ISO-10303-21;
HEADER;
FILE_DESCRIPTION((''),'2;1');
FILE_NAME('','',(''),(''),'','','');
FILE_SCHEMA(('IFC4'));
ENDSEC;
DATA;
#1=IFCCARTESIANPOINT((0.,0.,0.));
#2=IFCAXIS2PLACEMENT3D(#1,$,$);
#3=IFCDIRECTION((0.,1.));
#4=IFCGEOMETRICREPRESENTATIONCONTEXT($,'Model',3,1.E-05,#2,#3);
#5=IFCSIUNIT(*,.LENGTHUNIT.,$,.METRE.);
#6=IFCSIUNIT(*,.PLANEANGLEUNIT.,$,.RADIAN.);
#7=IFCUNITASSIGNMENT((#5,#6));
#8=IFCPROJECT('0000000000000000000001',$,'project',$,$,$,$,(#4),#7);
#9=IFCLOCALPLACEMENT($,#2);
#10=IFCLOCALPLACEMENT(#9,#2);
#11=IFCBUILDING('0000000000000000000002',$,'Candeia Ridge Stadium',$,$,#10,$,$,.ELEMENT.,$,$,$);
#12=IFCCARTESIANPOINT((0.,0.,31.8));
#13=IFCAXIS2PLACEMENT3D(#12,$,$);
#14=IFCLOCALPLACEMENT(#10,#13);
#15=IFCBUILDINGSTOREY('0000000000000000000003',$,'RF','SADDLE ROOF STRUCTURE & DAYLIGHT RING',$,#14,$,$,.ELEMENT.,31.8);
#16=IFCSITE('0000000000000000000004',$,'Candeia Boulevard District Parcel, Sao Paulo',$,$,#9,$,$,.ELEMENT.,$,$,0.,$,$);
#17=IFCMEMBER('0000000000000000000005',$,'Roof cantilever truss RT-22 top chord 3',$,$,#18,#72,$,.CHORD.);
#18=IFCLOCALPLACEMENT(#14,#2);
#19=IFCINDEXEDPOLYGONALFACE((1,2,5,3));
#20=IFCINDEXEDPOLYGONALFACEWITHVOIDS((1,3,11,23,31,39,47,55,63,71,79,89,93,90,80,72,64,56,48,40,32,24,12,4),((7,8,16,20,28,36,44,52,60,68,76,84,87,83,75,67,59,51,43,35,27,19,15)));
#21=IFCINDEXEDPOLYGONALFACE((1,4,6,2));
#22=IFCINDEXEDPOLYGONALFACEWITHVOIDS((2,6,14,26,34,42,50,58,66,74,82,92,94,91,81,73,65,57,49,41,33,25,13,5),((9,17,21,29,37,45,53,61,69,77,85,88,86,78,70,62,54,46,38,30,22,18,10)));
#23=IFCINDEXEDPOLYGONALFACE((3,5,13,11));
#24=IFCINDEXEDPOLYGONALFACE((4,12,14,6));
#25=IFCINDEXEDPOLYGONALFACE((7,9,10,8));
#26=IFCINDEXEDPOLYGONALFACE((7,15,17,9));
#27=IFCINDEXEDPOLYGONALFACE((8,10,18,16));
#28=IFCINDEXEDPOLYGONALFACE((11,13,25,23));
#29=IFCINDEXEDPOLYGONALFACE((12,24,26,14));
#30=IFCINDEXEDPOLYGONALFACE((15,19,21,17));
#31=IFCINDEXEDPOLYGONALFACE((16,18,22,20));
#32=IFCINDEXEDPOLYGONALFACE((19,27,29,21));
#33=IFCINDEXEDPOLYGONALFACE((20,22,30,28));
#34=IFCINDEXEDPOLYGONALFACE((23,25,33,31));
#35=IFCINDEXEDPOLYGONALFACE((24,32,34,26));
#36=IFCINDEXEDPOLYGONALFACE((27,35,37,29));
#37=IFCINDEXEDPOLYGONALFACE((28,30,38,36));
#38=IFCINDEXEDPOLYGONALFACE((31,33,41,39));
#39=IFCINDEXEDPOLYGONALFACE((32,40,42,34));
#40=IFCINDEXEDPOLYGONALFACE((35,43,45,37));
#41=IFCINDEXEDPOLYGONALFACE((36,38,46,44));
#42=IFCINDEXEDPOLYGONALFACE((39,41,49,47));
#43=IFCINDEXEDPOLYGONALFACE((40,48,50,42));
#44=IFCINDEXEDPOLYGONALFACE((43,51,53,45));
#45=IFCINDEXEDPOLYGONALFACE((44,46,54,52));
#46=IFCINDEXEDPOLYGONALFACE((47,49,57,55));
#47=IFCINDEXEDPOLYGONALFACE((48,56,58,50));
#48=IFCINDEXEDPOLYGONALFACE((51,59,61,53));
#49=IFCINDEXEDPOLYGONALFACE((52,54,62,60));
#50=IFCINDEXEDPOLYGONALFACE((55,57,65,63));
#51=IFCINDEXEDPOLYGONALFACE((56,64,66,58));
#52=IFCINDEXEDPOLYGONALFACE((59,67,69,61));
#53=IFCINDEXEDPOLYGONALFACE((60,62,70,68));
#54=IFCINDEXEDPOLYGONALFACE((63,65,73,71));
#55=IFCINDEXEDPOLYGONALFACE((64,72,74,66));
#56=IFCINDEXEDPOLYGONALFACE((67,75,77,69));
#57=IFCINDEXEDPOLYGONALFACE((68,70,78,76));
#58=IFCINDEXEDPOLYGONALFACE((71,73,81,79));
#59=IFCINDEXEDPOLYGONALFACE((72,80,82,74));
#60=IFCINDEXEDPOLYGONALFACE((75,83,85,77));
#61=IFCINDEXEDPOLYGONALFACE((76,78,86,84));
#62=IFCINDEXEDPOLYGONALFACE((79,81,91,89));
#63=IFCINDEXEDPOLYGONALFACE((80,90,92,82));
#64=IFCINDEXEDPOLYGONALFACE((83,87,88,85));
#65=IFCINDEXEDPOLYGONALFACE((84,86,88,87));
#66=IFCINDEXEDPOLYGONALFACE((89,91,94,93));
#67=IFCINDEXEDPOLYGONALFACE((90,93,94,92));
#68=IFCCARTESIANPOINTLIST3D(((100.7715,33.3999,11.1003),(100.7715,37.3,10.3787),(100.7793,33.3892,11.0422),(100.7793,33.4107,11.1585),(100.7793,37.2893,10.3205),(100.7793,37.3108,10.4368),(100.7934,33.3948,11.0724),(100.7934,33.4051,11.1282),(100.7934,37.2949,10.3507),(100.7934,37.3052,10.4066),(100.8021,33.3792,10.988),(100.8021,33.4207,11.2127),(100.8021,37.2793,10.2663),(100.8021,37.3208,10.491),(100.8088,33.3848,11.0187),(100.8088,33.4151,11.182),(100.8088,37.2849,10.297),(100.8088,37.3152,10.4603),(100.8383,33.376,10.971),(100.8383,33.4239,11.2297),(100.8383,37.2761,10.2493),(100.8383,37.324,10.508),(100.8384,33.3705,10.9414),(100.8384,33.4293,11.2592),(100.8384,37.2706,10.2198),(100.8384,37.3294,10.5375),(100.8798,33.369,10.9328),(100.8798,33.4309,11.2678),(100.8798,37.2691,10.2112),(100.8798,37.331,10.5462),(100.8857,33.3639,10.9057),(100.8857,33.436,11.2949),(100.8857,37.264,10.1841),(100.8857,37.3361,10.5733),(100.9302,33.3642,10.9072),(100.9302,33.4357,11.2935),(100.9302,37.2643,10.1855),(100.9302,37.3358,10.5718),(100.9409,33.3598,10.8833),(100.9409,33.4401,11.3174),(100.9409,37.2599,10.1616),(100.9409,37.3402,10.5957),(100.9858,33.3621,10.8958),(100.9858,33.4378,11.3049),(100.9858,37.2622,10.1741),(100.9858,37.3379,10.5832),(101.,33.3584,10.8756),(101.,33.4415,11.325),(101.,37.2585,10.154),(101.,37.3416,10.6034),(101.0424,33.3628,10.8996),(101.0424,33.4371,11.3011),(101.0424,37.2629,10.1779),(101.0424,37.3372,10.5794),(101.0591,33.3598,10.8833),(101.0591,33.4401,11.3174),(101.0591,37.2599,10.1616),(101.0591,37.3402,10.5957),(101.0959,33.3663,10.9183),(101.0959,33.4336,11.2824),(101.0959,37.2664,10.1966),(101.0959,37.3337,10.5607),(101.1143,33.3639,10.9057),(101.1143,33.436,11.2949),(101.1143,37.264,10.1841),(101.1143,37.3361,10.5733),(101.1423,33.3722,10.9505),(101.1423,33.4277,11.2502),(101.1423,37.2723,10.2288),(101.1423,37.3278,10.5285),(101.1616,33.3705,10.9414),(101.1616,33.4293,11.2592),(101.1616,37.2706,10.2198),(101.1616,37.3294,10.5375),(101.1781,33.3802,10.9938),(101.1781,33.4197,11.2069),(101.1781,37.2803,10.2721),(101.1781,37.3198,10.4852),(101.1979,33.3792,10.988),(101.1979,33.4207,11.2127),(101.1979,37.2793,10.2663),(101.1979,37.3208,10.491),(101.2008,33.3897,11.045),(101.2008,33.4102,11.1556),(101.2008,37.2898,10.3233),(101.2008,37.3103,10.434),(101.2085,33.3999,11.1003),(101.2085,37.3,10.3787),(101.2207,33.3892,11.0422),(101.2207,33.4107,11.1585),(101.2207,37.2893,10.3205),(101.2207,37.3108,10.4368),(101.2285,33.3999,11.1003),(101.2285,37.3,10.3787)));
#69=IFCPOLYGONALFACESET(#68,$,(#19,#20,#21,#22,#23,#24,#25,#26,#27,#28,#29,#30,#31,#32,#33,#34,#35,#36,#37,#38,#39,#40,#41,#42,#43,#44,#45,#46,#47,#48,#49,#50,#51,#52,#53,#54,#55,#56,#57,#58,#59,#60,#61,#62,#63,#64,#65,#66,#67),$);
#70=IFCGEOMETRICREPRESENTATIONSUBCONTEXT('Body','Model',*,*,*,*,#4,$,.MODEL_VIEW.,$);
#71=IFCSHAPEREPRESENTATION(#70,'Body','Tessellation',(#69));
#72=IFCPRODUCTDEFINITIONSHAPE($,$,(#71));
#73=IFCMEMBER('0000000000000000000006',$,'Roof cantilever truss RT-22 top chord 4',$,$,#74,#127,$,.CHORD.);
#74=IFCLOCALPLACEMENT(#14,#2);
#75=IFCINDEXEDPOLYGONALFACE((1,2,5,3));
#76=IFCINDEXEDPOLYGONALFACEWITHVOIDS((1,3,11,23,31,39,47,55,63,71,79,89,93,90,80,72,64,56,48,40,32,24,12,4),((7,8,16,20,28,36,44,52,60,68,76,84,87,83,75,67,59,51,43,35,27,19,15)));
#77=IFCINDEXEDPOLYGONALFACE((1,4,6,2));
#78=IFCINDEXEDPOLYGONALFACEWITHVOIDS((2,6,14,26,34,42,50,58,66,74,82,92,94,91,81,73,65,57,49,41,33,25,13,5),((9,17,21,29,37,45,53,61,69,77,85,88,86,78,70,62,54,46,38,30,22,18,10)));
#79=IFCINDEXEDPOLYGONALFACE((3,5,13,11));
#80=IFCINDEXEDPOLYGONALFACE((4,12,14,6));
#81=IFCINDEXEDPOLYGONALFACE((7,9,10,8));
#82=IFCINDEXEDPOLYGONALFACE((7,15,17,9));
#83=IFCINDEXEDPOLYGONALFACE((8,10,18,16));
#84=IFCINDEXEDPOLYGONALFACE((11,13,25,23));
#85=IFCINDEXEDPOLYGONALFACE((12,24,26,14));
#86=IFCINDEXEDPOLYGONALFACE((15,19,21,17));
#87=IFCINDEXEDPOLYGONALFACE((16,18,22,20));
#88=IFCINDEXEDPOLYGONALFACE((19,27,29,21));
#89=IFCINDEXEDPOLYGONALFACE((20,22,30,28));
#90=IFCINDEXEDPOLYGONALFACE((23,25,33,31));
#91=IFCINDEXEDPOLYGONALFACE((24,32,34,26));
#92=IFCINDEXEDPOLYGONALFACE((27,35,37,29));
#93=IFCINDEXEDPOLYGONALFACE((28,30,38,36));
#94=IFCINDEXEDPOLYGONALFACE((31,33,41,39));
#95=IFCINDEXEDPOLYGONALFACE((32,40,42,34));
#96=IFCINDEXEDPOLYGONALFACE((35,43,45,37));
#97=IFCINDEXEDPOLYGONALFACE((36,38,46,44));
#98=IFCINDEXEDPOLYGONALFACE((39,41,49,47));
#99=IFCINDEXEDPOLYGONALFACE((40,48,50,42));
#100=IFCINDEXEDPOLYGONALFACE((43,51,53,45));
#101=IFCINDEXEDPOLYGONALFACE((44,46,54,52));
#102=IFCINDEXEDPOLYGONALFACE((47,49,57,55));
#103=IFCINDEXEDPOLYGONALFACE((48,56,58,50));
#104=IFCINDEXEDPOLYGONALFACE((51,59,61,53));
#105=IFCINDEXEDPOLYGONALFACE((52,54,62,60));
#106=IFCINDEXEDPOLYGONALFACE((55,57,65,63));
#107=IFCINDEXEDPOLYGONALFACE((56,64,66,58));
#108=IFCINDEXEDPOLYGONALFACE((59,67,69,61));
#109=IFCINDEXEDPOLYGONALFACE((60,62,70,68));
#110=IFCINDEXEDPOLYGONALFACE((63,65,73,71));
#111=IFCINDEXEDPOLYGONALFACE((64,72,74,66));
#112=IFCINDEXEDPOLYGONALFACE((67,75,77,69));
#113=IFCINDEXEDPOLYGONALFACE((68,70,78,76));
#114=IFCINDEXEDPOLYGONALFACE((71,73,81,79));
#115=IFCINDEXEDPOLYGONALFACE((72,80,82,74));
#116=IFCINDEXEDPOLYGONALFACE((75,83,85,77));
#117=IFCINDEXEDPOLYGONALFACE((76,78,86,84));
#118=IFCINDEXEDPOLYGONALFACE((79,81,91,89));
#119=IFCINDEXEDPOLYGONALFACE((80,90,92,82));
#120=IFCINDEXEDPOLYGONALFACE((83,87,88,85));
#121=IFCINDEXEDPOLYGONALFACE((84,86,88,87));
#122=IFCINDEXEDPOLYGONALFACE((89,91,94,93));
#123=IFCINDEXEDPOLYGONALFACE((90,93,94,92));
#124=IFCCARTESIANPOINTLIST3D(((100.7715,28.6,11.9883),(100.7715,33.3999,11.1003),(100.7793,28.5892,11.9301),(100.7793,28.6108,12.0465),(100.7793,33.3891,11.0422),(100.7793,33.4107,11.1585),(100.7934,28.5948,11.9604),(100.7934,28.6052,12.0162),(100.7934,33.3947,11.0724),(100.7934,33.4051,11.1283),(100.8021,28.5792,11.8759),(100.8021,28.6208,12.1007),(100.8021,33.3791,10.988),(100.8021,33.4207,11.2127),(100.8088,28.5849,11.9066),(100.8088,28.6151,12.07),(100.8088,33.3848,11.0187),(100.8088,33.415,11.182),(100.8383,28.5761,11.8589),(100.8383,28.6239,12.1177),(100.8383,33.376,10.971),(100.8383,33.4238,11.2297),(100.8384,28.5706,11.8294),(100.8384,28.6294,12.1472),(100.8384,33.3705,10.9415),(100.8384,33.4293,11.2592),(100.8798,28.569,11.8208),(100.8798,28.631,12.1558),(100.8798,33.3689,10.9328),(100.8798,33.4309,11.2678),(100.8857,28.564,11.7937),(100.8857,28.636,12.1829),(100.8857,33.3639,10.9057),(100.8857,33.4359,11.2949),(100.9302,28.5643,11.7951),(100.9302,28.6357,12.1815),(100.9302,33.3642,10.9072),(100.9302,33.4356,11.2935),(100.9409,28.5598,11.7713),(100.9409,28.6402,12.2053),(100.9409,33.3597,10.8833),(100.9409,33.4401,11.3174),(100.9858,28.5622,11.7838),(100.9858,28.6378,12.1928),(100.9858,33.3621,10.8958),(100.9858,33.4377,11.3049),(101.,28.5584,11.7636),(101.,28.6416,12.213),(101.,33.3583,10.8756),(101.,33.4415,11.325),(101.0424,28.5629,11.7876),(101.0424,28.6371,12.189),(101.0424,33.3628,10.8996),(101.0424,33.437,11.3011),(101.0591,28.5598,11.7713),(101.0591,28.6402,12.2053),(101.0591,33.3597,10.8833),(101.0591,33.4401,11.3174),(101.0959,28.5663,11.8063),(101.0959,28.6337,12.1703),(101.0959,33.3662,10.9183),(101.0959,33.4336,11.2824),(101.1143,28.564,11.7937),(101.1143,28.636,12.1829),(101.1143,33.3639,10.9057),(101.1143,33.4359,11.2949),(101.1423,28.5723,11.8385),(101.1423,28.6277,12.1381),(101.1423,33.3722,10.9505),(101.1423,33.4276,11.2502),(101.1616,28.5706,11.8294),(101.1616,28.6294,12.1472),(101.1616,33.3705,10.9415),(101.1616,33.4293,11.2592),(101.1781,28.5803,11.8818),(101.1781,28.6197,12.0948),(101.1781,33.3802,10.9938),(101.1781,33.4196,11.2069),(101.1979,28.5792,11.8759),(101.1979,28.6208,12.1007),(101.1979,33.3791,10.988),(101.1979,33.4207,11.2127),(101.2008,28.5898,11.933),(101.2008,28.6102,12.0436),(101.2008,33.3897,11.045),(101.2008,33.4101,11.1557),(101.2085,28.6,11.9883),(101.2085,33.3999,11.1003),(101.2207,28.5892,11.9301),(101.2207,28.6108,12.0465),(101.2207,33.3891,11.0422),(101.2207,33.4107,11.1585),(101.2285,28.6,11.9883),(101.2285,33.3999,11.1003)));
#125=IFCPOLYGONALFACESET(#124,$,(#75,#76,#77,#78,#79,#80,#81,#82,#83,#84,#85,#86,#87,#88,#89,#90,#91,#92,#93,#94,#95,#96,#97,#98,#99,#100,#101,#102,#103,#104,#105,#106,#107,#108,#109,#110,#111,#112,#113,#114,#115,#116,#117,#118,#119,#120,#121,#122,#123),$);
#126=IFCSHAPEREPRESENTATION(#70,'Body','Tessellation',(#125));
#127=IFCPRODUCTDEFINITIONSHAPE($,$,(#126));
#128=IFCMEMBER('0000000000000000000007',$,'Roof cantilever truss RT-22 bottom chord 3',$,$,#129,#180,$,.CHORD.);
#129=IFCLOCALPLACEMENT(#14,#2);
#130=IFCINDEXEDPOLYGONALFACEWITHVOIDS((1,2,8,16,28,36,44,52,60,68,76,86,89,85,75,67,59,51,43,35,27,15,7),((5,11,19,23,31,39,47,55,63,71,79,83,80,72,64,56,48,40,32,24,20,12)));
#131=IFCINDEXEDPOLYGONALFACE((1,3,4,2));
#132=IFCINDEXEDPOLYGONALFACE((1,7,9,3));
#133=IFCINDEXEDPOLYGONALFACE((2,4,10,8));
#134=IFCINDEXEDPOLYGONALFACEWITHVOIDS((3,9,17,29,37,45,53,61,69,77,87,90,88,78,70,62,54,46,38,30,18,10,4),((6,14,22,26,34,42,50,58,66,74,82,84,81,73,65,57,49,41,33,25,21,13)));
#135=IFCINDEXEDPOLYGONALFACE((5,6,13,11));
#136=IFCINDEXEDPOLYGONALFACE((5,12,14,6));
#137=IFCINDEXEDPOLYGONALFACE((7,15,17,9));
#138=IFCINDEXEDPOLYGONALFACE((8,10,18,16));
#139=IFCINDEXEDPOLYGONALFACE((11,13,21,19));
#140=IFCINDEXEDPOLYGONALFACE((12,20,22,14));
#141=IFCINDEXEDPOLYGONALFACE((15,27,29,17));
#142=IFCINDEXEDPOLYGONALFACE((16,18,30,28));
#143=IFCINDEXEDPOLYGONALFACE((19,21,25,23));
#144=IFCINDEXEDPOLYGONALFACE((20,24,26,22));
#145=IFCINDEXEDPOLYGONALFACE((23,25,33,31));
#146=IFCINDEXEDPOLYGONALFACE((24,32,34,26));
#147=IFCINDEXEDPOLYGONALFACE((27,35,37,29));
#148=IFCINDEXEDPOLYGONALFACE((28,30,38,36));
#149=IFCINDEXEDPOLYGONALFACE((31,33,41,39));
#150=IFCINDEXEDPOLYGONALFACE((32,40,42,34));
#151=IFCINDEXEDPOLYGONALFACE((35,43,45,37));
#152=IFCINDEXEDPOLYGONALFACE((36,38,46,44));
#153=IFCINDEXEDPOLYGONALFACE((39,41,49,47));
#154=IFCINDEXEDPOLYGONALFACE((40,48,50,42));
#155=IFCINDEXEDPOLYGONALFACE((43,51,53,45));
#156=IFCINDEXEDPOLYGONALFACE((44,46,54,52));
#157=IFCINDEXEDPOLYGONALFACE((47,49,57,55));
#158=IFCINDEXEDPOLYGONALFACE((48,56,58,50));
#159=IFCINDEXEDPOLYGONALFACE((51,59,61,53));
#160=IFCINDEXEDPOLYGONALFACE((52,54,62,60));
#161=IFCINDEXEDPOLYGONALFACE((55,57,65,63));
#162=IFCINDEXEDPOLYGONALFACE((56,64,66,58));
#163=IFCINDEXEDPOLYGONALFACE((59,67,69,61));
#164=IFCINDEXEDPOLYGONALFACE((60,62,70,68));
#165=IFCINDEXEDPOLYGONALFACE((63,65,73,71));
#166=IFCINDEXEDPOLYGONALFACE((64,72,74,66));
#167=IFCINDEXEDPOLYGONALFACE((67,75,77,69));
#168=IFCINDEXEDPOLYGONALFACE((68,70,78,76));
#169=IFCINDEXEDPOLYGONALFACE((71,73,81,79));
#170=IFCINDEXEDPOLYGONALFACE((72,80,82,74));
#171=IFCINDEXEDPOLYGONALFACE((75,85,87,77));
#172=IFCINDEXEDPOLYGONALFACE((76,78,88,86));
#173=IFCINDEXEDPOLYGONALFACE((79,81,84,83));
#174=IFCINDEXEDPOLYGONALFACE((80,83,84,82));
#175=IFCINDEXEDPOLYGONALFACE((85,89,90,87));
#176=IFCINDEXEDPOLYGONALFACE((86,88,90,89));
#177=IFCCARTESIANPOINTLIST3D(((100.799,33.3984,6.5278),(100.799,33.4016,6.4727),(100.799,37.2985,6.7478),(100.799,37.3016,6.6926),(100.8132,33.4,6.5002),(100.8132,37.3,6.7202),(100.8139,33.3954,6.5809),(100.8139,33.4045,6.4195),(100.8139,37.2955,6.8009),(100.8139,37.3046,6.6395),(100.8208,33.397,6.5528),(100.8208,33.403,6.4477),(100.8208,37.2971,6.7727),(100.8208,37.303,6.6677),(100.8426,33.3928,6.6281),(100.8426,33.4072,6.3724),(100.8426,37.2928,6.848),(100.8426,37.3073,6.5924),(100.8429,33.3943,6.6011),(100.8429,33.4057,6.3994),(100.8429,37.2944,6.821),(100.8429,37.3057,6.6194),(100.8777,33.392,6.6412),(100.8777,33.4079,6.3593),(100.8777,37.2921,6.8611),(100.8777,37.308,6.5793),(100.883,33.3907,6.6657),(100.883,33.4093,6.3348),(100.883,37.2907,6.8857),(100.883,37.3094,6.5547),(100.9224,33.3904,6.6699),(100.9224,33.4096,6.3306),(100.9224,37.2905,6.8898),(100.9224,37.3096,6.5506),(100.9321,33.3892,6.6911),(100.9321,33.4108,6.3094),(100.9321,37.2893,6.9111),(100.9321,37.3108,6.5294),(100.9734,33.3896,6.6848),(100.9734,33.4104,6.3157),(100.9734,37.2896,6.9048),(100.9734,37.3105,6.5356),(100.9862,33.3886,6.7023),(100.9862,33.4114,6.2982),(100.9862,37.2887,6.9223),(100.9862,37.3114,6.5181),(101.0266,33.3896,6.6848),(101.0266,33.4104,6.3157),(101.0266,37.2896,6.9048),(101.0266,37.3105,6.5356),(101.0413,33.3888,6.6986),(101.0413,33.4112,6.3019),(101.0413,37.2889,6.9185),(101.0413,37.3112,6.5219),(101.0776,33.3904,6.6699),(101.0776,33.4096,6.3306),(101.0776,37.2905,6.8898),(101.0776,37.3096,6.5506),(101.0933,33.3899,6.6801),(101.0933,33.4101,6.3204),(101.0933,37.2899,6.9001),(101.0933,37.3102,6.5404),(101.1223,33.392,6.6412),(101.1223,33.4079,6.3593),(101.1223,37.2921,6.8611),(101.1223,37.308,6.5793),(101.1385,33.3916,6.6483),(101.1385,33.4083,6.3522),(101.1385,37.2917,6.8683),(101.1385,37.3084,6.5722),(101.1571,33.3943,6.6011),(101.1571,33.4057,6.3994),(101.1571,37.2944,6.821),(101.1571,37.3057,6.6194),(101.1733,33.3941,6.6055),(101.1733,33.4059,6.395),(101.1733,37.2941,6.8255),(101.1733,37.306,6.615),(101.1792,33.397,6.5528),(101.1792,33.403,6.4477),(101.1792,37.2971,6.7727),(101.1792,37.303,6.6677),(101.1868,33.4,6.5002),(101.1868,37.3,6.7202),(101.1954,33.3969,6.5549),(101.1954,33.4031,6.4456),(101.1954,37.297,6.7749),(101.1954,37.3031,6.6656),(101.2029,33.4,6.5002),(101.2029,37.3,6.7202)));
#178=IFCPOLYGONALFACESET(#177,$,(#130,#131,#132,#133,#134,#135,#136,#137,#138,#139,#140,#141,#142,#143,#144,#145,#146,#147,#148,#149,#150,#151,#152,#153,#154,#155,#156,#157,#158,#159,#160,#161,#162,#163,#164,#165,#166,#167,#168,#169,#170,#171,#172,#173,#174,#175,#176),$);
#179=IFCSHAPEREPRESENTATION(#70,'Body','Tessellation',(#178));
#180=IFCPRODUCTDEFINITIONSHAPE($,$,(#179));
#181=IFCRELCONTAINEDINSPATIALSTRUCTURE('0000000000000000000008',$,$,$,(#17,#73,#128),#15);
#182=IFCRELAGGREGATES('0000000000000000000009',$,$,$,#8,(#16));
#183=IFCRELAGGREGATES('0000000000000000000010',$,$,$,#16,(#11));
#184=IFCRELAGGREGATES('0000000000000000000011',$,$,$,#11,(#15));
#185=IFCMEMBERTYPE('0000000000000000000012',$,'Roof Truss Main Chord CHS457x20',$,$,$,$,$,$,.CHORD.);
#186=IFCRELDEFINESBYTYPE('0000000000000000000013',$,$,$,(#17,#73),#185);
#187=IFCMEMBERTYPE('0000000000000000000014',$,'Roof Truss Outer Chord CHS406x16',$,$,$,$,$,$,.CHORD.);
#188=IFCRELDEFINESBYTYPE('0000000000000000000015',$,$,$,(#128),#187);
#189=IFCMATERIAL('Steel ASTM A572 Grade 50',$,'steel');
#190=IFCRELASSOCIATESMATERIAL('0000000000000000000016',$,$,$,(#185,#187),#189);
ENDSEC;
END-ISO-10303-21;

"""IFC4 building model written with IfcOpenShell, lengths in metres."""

from ifc_helpers import new_model, si_unit, direction, frame, origin, origin_2d, place, context, subcontext, project, spatial, hollow_circle, extrude, material, material_profile, profile_set, type_object, element, save


model = new_model("IFC4")

# Units and contexts
model_context = context("Model", 3, precision=1e-05, world=origin(), true_north=direction((0.0, 1.0)))
body_context = subcontext(model_context, "Body", "Model", "MODEL_VIEW")
ifc_project = project(units=[si_unit("LENGTHUNIT", "METRE"), si_unit("PLANEANGLEUNIT", "RADIAN")], contexts=[model_context])

# Site, building, storey
site_placement = place(None, origin())
site = spatial("IfcSite", under=ifc_project, at=site_placement, Name="Candeia Boulevard District Parcel, Sao Paulo", CompositionType="ELEMENT", RefElevation=0.0)
building_placement = place(site_placement, origin())
building = spatial("IfcBuilding", under=site, at=building_placement, Name="Candeia Ridge Stadium", CompositionType="ELEMENT")
storey_placement = place(building_placement, frame((0.0, 0.0, 31.8)))
storey = spatial("IfcBuildingStorey", under=building, at=storey_placement, Name="RF", Description="SADDLE ROOF STRUCTURE & DAYLIGHT RING", CompositionType="ELEMENT", Elevation=31.8)

# Shared definitions
ifc_material_1 = material(Name="Steel ASTM A572 Grade 50", Category="steel")

# Members
ifc_material_profile_1 = material_profile(ifc_material_1, hollow_circle(Radius=0.2285, WallThickness=0.02, at=origin_2d()), Name="CHS457x20", Category="steel")
ifc_profile_set_1 = profile_set([ifc_material_profile_1], Name="Steel ASTM A572 Grade 50")
member_type_1 = type_object("IfcMemberType", Name="Roof Truss Main Chord CHS457x20", PredefinedType="CHORD", material=ifc_profile_set_1)
member_1_placement = place(storey_placement, frame((101.0, 37.3, 10.3787), z_axis=(0.0, -0.983308, 0.18195), x_axis=(1.0, 0.0, 0.0)))
element("IfcMember", 1, at=member_1_placement, inside=storey, type_object=member_type_1, Name="Roof cantilever truss RT-22 top chord 3", PredefinedType="CHORD", context=body_context, shape_type="SweptSolid", body=[
    extrude(hollow_circle(Radius=0.2285, WallThickness=0.02, at=origin_2d()), origin(), (0.0, 0.0, 1.0), 3.9663),
])
member_2_placement = place(storey_placement, frame((101.0, 33.3999, 11.1003), z_axis=(0.0, -0.983315, 0.181908), x_axis=(1.0, 0.0, 0.0)))
element("IfcMember", 2, at=member_2_placement, inside=storey, type_object=member_type_1, Name="Roof cantilever truss RT-22 top chord 4", PredefinedType="CHORD", context=body_context, shape_type="SweptSolid", body=[
    extrude(hollow_circle(Radius=0.2285, WallThickness=0.02, at=origin_2d()), origin(), (0.0, 0.0, 1.0), 4.8813),
])
ifc_material_profile_2 = material_profile(ifc_material_1, hollow_circle(Radius=0.2029, WallThickness=0.0161, at=origin_2d()), Name="CHS406x16", Category="steel")
ifc_profile_set_2 = profile_set([ifc_material_profile_2], Name="Steel ASTM A572 Grade 50")
member_type_2 = type_object("IfcMemberType", Name="Roof Truss Outer Chord CHS406x16", PredefinedType="CHORD", material=ifc_profile_set_2)
member_3_placement = place(storey_placement, frame((101.0, 37.3, 6.7202), z_axis=(0.0, -0.998413, -0.056311), x_axis=(1.0, 0.0, 0.0)))
element("IfcMember", 3, at=member_3_placement, inside=storey, type_object=member_type_2, Name="Roof cantilever truss RT-22 bottom chord 3", PredefinedType="CHORD", context=body_context, shape_type="SweptSolid", body=[
    extrude(hollow_circle(Radius=0.2029, WallThickness=0.0161, at=origin_2d()), origin(), (0.0, 0.0, 1.0), 3.9062),
])

save(model, "model.ifc")
